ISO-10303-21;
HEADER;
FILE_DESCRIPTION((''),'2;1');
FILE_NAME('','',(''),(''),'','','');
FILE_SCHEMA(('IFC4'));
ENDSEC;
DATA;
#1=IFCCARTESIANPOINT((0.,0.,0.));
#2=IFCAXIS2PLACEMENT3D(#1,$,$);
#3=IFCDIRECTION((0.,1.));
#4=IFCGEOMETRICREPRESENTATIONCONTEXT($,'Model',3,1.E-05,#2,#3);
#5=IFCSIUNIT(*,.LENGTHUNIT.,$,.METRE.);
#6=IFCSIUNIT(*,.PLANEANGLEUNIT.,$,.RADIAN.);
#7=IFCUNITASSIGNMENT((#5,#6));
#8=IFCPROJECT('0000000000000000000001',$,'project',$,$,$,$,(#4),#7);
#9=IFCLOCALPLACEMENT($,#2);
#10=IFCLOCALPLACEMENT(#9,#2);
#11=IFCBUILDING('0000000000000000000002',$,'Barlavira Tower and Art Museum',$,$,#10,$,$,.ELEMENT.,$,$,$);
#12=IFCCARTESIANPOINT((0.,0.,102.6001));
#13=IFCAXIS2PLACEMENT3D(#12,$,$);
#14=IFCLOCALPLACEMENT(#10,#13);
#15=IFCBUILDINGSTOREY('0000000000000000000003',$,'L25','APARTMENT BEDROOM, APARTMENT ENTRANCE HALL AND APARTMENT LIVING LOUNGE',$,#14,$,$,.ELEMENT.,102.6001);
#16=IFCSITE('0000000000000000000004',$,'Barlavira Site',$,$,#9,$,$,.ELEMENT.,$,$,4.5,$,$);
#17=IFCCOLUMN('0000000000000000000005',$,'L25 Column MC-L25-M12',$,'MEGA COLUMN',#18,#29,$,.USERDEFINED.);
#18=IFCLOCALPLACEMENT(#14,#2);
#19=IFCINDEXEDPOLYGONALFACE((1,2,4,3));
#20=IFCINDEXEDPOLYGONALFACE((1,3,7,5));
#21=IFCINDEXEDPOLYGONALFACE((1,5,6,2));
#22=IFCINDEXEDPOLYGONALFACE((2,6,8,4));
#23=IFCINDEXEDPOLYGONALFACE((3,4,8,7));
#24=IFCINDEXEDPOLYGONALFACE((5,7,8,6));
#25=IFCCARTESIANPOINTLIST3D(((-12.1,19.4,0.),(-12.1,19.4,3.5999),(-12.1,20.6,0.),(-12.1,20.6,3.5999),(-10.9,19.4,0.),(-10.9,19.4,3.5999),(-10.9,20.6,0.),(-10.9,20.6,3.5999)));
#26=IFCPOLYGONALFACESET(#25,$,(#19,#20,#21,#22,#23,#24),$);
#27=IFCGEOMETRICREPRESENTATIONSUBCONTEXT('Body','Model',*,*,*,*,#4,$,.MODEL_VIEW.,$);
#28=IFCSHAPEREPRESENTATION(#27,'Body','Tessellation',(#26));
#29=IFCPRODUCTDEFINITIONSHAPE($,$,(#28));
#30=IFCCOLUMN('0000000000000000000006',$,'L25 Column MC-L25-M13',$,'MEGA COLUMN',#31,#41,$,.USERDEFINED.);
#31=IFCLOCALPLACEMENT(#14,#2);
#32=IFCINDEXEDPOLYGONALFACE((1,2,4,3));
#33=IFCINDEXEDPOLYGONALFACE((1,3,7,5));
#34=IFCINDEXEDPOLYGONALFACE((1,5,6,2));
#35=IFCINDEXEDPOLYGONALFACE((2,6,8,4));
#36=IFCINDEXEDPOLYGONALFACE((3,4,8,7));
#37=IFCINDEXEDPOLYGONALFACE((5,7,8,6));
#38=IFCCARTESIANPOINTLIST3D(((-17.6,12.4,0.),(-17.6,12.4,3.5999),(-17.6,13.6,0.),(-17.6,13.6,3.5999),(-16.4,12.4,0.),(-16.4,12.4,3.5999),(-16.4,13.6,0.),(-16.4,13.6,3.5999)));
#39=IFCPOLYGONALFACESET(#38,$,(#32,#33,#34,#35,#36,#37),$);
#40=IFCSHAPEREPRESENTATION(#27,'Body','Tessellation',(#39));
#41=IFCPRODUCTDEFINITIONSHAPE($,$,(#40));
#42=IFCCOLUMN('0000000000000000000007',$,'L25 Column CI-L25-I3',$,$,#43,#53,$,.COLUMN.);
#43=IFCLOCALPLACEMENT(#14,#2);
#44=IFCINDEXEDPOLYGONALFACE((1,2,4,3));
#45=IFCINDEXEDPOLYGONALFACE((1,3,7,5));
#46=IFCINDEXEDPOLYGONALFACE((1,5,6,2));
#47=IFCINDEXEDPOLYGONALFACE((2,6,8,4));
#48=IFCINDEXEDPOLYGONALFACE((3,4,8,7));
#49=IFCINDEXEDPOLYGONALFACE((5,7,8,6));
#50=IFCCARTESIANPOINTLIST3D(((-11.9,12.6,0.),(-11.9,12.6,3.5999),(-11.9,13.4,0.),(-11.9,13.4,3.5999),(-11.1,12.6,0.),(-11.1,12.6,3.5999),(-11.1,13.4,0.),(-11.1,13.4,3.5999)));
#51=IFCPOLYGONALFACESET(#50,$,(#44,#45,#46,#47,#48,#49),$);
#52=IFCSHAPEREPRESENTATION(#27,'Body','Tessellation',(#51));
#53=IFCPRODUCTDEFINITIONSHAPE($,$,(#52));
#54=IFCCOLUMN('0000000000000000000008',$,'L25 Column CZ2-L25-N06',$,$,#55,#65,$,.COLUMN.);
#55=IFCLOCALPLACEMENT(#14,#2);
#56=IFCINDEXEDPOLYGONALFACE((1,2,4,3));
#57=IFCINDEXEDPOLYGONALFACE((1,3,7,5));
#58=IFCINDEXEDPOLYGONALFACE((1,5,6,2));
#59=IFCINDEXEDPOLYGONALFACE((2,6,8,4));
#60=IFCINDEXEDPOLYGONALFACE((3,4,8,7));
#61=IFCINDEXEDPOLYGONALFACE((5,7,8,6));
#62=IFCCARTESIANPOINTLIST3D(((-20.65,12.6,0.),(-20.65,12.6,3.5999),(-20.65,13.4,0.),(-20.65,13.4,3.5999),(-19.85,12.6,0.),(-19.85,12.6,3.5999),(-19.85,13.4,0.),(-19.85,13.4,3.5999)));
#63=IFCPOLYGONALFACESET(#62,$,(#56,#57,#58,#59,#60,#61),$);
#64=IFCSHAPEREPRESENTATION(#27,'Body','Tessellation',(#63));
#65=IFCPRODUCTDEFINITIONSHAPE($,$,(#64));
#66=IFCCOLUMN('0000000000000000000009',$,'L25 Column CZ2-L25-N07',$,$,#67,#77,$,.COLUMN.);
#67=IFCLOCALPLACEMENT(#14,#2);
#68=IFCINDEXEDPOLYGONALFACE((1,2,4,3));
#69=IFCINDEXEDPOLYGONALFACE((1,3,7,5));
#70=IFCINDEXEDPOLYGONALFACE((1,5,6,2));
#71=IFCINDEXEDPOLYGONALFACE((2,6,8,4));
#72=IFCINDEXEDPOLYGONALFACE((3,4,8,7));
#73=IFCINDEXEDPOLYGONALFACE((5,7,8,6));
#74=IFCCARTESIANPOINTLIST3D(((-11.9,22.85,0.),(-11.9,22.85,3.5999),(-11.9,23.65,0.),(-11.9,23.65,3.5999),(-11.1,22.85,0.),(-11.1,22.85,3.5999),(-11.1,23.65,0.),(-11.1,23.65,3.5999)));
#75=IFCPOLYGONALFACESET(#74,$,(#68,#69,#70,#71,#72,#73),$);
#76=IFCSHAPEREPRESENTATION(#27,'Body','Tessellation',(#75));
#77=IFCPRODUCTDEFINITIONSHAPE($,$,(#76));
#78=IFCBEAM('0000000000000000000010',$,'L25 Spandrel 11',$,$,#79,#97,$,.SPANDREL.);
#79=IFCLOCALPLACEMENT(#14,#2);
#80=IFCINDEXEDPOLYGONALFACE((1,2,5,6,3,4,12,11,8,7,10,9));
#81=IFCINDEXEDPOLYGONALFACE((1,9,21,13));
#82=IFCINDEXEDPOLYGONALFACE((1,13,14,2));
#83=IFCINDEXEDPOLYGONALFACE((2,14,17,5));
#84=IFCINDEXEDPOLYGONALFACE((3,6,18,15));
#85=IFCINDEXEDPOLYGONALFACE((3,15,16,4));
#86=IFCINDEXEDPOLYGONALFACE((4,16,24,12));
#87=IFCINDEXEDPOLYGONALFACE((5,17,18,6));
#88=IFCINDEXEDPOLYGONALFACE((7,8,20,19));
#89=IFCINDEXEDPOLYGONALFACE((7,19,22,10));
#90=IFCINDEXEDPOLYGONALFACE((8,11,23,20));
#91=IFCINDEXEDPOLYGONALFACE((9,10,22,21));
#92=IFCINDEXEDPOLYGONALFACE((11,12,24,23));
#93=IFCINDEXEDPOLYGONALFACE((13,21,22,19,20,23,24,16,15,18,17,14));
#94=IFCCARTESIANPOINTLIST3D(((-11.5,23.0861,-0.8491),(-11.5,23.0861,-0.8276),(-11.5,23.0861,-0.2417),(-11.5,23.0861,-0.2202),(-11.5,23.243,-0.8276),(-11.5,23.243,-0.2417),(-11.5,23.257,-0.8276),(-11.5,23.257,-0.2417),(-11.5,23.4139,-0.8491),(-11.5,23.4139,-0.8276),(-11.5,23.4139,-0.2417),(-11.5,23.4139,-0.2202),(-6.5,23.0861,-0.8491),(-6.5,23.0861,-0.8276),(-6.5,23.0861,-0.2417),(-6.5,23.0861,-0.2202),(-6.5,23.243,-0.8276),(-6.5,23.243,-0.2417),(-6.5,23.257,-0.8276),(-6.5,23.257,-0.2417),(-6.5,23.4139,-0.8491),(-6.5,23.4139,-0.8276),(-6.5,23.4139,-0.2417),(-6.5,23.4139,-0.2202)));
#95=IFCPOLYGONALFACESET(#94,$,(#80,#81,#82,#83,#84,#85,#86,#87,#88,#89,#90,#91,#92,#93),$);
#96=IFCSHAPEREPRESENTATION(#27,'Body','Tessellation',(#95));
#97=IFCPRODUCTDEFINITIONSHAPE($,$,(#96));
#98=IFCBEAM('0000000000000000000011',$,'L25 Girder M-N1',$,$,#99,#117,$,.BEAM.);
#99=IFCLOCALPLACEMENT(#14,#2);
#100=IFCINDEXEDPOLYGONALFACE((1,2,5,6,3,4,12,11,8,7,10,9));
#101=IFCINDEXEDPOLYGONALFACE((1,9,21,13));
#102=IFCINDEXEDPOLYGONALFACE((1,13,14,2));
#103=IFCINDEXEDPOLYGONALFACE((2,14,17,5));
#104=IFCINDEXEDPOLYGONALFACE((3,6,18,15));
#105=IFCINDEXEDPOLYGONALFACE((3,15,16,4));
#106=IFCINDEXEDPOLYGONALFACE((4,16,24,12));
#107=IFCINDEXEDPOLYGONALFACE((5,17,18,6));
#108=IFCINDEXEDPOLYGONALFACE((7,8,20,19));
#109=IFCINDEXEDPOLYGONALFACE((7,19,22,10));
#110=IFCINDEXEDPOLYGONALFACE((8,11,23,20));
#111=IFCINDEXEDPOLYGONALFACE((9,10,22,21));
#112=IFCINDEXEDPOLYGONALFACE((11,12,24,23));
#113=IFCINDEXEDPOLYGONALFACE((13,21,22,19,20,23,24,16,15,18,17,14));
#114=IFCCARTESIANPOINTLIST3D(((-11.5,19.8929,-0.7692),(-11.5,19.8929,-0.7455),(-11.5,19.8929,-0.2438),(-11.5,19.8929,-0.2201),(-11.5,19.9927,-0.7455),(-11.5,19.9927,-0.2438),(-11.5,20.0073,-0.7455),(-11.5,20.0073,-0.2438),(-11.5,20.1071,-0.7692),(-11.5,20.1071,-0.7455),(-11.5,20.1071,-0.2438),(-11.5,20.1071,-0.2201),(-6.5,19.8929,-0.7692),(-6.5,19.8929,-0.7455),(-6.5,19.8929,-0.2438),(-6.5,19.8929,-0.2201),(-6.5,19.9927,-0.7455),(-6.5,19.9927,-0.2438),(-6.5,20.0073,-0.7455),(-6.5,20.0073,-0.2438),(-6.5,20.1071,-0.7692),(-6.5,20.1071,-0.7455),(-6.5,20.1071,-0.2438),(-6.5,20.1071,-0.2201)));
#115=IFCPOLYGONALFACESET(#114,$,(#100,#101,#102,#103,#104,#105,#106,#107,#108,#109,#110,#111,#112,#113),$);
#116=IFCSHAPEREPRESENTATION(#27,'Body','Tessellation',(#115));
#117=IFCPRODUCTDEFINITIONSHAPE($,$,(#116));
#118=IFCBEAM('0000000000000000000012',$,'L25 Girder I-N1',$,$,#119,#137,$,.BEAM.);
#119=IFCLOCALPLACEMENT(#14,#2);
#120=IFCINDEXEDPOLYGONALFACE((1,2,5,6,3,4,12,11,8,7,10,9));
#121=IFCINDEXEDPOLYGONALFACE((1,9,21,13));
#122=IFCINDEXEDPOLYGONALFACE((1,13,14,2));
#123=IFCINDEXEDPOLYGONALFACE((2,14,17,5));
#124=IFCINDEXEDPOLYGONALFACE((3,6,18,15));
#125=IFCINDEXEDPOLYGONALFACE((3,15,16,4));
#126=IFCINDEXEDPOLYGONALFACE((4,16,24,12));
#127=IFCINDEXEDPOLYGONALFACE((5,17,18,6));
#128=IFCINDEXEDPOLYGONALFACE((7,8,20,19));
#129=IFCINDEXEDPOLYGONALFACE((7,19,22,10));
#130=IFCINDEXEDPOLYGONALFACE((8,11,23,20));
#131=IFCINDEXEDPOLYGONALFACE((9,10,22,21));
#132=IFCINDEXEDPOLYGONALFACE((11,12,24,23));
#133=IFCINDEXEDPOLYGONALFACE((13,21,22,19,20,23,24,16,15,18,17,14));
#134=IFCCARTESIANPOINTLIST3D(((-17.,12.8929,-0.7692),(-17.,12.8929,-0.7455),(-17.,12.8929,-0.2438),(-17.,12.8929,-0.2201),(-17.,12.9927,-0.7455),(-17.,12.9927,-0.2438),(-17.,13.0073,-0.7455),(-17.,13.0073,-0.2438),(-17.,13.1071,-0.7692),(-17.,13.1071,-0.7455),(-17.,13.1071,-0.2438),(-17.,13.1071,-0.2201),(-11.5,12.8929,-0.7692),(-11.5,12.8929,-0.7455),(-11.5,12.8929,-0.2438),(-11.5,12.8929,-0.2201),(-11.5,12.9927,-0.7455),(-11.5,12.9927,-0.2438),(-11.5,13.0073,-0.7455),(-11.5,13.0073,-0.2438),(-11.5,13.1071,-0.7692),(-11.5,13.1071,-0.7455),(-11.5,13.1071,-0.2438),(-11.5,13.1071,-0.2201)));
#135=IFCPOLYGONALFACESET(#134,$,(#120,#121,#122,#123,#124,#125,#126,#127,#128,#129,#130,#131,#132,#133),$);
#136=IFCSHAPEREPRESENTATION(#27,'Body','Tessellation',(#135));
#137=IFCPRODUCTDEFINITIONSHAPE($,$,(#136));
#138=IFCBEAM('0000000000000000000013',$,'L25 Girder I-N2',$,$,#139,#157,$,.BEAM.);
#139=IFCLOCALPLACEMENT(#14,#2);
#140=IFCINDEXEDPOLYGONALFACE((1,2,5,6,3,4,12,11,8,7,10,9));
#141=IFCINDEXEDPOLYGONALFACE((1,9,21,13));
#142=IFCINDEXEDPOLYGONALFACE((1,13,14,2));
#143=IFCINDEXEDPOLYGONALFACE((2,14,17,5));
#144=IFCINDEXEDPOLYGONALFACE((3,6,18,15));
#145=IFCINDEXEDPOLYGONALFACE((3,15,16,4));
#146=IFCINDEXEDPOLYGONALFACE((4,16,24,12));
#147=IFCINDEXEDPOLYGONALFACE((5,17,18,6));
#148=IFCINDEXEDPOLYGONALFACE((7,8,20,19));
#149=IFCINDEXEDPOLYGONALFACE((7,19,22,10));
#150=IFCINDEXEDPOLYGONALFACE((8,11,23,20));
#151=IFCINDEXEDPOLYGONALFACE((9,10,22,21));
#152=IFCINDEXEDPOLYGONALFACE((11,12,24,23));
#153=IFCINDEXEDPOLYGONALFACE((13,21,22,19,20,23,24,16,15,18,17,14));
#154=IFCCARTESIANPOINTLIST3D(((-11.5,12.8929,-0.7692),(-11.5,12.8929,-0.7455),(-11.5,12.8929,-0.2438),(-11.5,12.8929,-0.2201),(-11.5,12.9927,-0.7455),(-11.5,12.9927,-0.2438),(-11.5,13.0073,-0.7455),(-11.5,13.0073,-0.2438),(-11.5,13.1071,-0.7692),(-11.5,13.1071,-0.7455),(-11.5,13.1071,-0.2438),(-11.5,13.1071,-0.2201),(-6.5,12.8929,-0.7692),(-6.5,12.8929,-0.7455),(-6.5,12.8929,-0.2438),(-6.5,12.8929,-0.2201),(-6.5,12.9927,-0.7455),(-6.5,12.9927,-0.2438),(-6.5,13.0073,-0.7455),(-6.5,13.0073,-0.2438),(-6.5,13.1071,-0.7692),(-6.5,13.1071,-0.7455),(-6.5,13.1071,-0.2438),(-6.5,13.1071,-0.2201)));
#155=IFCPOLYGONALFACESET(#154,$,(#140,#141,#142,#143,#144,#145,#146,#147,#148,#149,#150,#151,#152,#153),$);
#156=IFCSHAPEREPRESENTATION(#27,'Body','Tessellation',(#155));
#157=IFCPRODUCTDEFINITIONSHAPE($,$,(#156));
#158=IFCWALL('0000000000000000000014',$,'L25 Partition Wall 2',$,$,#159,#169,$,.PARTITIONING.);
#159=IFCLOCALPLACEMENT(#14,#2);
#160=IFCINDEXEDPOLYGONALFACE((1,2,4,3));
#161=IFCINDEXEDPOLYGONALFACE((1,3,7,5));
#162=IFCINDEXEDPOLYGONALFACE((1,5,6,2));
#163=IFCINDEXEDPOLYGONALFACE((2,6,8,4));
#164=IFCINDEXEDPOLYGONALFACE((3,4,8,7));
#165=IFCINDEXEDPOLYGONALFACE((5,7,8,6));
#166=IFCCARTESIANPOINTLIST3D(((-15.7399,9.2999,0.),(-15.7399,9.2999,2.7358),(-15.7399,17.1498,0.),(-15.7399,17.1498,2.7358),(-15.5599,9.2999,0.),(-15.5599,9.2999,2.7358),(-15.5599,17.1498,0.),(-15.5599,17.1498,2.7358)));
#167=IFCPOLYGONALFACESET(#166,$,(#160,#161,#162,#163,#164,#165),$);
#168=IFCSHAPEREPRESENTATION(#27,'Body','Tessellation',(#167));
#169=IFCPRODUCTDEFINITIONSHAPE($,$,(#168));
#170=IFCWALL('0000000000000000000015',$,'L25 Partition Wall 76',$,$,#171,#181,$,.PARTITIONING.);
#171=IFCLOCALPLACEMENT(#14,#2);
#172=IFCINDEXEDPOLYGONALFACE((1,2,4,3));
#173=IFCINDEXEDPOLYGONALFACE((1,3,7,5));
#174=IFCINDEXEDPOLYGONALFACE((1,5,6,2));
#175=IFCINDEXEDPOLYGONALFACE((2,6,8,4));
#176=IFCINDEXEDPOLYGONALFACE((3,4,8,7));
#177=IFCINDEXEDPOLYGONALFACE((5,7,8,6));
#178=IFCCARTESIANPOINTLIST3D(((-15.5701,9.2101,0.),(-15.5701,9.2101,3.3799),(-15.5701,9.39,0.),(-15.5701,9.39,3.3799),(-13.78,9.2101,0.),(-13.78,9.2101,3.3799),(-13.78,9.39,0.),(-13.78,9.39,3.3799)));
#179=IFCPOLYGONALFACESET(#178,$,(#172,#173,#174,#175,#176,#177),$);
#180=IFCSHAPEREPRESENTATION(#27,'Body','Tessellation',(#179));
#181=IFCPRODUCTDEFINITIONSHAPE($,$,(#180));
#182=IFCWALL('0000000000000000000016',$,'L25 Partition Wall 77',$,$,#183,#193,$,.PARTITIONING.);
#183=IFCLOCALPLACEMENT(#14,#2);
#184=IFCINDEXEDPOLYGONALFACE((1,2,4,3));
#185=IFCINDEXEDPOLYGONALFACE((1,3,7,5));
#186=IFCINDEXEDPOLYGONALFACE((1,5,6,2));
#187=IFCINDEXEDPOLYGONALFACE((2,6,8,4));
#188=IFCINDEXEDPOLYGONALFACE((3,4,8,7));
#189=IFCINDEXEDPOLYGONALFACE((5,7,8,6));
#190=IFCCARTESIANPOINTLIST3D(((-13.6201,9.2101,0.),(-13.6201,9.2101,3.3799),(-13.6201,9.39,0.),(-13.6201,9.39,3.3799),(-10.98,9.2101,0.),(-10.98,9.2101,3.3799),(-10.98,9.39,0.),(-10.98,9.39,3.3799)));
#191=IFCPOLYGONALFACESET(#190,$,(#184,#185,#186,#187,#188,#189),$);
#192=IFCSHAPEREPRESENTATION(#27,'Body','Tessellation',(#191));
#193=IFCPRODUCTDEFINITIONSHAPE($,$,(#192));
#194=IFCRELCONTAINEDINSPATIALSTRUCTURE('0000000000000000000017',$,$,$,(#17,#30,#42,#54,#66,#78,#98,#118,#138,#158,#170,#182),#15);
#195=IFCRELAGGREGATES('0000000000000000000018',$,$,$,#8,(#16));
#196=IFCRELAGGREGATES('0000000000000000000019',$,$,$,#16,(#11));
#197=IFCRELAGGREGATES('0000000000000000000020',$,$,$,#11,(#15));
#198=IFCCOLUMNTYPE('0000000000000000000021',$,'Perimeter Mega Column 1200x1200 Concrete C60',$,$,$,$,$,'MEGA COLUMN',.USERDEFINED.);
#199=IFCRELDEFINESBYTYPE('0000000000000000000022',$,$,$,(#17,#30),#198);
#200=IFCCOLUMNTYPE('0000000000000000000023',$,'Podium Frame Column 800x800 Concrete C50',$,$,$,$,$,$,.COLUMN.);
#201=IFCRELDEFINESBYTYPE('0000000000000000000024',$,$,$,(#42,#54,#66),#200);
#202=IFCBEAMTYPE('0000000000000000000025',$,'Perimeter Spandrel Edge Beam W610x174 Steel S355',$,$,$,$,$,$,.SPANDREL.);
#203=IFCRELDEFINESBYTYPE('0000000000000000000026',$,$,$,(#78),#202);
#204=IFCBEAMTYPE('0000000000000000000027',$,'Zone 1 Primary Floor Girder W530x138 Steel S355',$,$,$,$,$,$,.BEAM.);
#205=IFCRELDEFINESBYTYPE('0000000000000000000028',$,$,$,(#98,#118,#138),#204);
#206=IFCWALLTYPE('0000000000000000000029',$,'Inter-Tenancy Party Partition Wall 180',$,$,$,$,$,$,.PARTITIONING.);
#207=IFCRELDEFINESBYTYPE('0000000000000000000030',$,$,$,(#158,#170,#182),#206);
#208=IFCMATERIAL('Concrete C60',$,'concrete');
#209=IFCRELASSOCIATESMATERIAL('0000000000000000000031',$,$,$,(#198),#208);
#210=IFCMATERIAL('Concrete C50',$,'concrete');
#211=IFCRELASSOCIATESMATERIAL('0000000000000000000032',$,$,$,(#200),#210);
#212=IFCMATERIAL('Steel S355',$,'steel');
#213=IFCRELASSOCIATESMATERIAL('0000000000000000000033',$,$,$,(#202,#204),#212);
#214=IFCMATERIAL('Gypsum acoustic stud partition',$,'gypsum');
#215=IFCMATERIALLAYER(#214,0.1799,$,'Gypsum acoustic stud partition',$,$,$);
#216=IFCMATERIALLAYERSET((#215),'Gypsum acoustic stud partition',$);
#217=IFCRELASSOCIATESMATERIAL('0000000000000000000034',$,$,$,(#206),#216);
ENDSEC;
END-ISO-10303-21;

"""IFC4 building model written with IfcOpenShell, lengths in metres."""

from ifc_helpers import new_model, si_unit, direction, frame, frame_2d, origin, origin_2d, place, context, subcontext, project, spatial, rectangle, i_section, extrude, material, layer, layer_set, material_profile, profile_set, type_object, element, save


model = new_model("IFC4")

# Units and contexts
model_context = context("Model", 3, precision=1e-05, world=origin(), true_north=direction((0.0, 1.0)))
body_context = subcontext(model_context, "Body", "Model", "MODEL_VIEW")
ifc_project = project(units=[si_unit("LENGTHUNIT", "METRE"), si_unit("PLANEANGLEUNIT", "RADIAN")], contexts=[model_context])

# Site, building, storey
site_placement = place(None, origin())
site = spatial("IfcSite", under=ifc_project, at=site_placement, Name="Barlavira Site", CompositionType="ELEMENT", RefElevation=4.5)
building_placement = place(site_placement, origin())
building = spatial("IfcBuilding", under=site, at=building_placement, Name="Barlavira Tower and Art Museum", CompositionType="ELEMENT")
storey_placement = place(building_placement, frame((0.0, 0.0, 102.6001)))
storey = spatial("IfcBuildingStorey", under=building, at=storey_placement, Name="L25", Description="APARTMENT BEDROOM, APARTMENT ENTRANCE HALL AND APARTMENT LIVING LOUNGE", CompositionType="ELEMENT", Elevation=102.6001)

# Columns
ifc_material_1 = material(Name="Concrete C60", Category="concrete")
ifc_material_profile_1 = material_profile(ifc_material_1, rectangle(XDim=1.2, YDim=1.2, at=origin_2d()), Name="RC-COL 1200x1200")
ifc_profile_set_1 = profile_set([ifc_material_profile_1], Name="Concrete C60")
column_type_1 = type_object("IfcColumnType", Name="Perimeter Mega Column 1200x1200 Concrete C60", ElementType="MEGA COLUMN", PredefinedType="USERDEFINED", material=ifc_profile_set_1)
for number, where, z_axis, x_axis, name in (
    (1, (-11.5, 20.0, 0.0), (0.0, 0.0, 1.0), (1.0, 0.0, 0.0), "L25 Column MC-L25-M12"),
    (2, (-17.0, 13.0, 0.0), (0.0, 0.0, 1.0), (1.0, 0.0, 0.0), "L25 Column MC-L25-M13"),
):
    element("IfcColumn", number, at=place(storey_placement, frame(where, z_axis=z_axis, x_axis=x_axis)), inside=storey, type_object=column_type_1, Name=name, ObjectType="MEGA COLUMN", PredefinedType="USERDEFINED", context=body_context, shape_type="SweptSolid", body=[
        extrude(rectangle(XDim=1.2, YDim=1.2, at=origin_2d()), origin(), (0.0, 0.0, 1.0), 3.5999),
    ])
ifc_material_2 = material(Name="Concrete C50", Category="concrete")
ifc_material_profile_2 = material_profile(ifc_material_2, rectangle(XDim=0.8, YDim=0.8, at=origin_2d()), Name="RC-COL 800x800")
ifc_profile_set_2 = profile_set([ifc_material_profile_2], Name="Concrete C50")
column_type_2 = type_object("IfcColumnType", Name="Podium Frame Column 800x800 Concrete C50", PredefinedType="COLUMN", material=ifc_profile_set_2)
for number, where, z_axis, x_axis, name in (
    (3, (-11.5, 13.0, 0.0), (0.0, 0.0, 1.0), (1.0, 0.0, 0.0), "L25 Column CI-L25-I3"),
    (4, (-20.25, 13.0, 0.0), (0.0, 0.0, 1.0), (1.0, 0.0, 0.0), "L25 Column CZ2-L25-N06"),
    (5, (-11.5, 23.25, 0.0), (0.0, 0.0, 1.0), (1.0, 0.0, 0.0), "L25 Column CZ2-L25-N07"),
):
    element("IfcColumn", number, at=place(storey_placement, frame(where, z_axis=z_axis, x_axis=x_axis)), inside=storey, type_object=column_type_2, Name=name, PredefinedType="COLUMN", context=body_context, shape_type="SweptSolid", body=[
        extrude(rectangle(XDim=0.8, YDim=0.8, at=origin_2d()), origin(), (0.0, 0.0, 1.0), 3.5999),
    ])

# Beams
ifc_material_3 = material(Name="Steel S355", Category="steel")
ifc_material_profile_3 = material_profile(ifc_material_3, i_section(OverallWidth=0.3279, OverallDepth=0.6289, WebThickness=0.0139, FlangeThickness=0.0215, at=origin_2d()), Name="W610x174.0")
ifc_profile_set_3 = profile_set([ifc_material_profile_3], Name="Steel S355")
beam_type_1 = type_object("IfcBeamType", Name="Perimeter Spandrel Edge Beam W610x174 Steel S355", PredefinedType="SPANDREL", material=ifc_profile_set_3)
beam_1_placement = place(storey_placement, frame((-11.5, 23.25, -0.5347), z_axis=(1.0, 0.0, 0.0), x_axis=(0.0, 1.0, 0.0)))
element("IfcBeam", 6, at=beam_1_placement, inside=storey, type_object=beam_type_1, Name="L25 Spandrel 11", PredefinedType="SPANDREL", context=body_context, shape_type="SweptSolid", body=[
    extrude(i_section(OverallWidth=0.3279, OverallDepth=0.6289, WebThickness=0.0139, FlangeThickness=0.0215, at=origin_2d()), origin(), (0.0, 0.0, 1.0), 5.0),
])
ifc_material_profile_4 = material_profile(ifc_material_3, i_section(OverallWidth=0.2141, OverallDepth=0.5491, WebThickness=0.0146, FlangeThickness=0.0237, at=origin_2d()), Name="W530x138.0")
ifc_profile_set_4 = profile_set([ifc_material_profile_4], Name="Steel S355")
beam_type_2 = type_object("IfcBeamType", Name="Zone 1 Primary Floor Girder W530x138 Steel S355", PredefinedType="BEAM", material=ifc_profile_set_4)
beam_2_placement = place(storey_placement, frame((-11.5, 20.0, -0.4946), z_axis=(1.0, 0.0, 0.0), x_axis=(0.0, 1.0, 0.0)))
element("IfcBeam", 7, at=beam_2_placement, inside=storey, type_object=beam_type_2, Name="L25 Girder M-N1", PredefinedType="BEAM", context=body_context, shape_type="SweptSolid", body=[
    extrude(i_section(OverallWidth=0.2141, OverallDepth=0.5491, WebThickness=0.0146, FlangeThickness=0.0237, at=origin_2d()), origin(), (0.0, 0.0, 1.0), 5.0),
])
beam_3_placement = place(storey_placement, frame((-17.0, 13.0, -0.4946), z_axis=(1.0, 0.0, 0.0), x_axis=(0.0, 1.0, 0.0)))
element("IfcBeam", 8, at=beam_3_placement, inside=storey, type_object=beam_type_2, Name="L25 Girder I-N1", PredefinedType="BEAM", context=body_context, shape_type="SweptSolid", body=[
    extrude(i_section(OverallWidth=0.2141, OverallDepth=0.5491, WebThickness=0.0146, FlangeThickness=0.0237, at=origin_2d()), origin(), (0.0, 0.0, 1.0), 5.5),
])
beam_4_placement = place(storey_placement, frame((-11.5, 13.0, -0.4946), z_axis=(1.0, 0.0, 0.0), x_axis=(0.0, 1.0, 0.0)))
element("IfcBeam", 9, at=beam_4_placement, inside=storey, type_object=beam_type_2, Name="L25 Girder I-N2", PredefinedType="BEAM", context=body_context, shape_type="SweptSolid", body=[
    extrude(i_section(OverallWidth=0.2141, OverallDepth=0.5491, WebThickness=0.0146, FlangeThickness=0.0237, at=origin_2d()), origin(), (0.0, 0.0, 1.0), 5.0),
])

# Walls
ifc_material_4 = material(Name="Gypsum acoustic stud partition", Category="gypsum")
ifc_layer_1 = layer(ifc_material_4, 0.1799, Name="Gypsum acoustic stud partition")
ifc_layer_set_1 = layer_set([ifc_layer_1], Name="Gypsum acoustic stud partition")
wall_type_1 = type_object("IfcWallType", Name="Inter-Tenancy Party Partition Wall 180", PredefinedType="PARTITIONING", material=ifc_layer_set_1)
wall_1_placement = place(storey_placement, frame((-15.6499, 9.3, 0.0), z_axis=(0.0, 0.0, 1.0), x_axis=(0.0, 1.0, 0.0)))
element("IfcWall", 10, at=wall_1_placement, inside=storey, type_object=wall_type_1, Name="L25 Partition Wall 2", PredefinedType="PARTITIONING", context=body_context, shape_type="SweptSolid", body=[
    extrude(rectangle(XDim=7.8499, YDim=0.1799, at=frame_2d((3.9248, 0.0))), origin(), (0.0, 0.0, 1.0), 2.7358),
])
wall_2_placement = place(storey_placement, frame((-15.5701, 9.3, 0.0), z_axis=(0.0, 0.0, 1.0), x_axis=(1.0, 0.0, 0.0)))
element("IfcWall", 11, at=wall_2_placement, inside=storey, type_object=wall_type_1, Name="L25 Partition Wall 76", PredefinedType="PARTITIONING", context=body_context, shape_type="SweptSolid", body=[
    extrude(rectangle(XDim=1.79, YDim=0.1799, at=frame_2d((0.895, 0.0))), origin(), (0.0, 0.0, 1.0), 3.3799),
])
wall_3_placement = place(storey_placement, frame((-13.6201, 9.3, 0.0), z_axis=(0.0, 0.0, 1.0), x_axis=(1.0, 0.0, 0.0)))
element("IfcWall", 12, at=wall_3_placement, inside=storey, type_object=wall_type_1, Name="L25 Partition Wall 77", PredefinedType="PARTITIONING", context=body_context, shape_type="SweptSolid", body=[
    extrude(rectangle(XDim=2.6401, YDim=0.1799, at=frame_2d((1.3201, 0.0))), origin(), (0.0, 0.0, 1.0), 3.3799),
])

save(model, "model.ifc")
